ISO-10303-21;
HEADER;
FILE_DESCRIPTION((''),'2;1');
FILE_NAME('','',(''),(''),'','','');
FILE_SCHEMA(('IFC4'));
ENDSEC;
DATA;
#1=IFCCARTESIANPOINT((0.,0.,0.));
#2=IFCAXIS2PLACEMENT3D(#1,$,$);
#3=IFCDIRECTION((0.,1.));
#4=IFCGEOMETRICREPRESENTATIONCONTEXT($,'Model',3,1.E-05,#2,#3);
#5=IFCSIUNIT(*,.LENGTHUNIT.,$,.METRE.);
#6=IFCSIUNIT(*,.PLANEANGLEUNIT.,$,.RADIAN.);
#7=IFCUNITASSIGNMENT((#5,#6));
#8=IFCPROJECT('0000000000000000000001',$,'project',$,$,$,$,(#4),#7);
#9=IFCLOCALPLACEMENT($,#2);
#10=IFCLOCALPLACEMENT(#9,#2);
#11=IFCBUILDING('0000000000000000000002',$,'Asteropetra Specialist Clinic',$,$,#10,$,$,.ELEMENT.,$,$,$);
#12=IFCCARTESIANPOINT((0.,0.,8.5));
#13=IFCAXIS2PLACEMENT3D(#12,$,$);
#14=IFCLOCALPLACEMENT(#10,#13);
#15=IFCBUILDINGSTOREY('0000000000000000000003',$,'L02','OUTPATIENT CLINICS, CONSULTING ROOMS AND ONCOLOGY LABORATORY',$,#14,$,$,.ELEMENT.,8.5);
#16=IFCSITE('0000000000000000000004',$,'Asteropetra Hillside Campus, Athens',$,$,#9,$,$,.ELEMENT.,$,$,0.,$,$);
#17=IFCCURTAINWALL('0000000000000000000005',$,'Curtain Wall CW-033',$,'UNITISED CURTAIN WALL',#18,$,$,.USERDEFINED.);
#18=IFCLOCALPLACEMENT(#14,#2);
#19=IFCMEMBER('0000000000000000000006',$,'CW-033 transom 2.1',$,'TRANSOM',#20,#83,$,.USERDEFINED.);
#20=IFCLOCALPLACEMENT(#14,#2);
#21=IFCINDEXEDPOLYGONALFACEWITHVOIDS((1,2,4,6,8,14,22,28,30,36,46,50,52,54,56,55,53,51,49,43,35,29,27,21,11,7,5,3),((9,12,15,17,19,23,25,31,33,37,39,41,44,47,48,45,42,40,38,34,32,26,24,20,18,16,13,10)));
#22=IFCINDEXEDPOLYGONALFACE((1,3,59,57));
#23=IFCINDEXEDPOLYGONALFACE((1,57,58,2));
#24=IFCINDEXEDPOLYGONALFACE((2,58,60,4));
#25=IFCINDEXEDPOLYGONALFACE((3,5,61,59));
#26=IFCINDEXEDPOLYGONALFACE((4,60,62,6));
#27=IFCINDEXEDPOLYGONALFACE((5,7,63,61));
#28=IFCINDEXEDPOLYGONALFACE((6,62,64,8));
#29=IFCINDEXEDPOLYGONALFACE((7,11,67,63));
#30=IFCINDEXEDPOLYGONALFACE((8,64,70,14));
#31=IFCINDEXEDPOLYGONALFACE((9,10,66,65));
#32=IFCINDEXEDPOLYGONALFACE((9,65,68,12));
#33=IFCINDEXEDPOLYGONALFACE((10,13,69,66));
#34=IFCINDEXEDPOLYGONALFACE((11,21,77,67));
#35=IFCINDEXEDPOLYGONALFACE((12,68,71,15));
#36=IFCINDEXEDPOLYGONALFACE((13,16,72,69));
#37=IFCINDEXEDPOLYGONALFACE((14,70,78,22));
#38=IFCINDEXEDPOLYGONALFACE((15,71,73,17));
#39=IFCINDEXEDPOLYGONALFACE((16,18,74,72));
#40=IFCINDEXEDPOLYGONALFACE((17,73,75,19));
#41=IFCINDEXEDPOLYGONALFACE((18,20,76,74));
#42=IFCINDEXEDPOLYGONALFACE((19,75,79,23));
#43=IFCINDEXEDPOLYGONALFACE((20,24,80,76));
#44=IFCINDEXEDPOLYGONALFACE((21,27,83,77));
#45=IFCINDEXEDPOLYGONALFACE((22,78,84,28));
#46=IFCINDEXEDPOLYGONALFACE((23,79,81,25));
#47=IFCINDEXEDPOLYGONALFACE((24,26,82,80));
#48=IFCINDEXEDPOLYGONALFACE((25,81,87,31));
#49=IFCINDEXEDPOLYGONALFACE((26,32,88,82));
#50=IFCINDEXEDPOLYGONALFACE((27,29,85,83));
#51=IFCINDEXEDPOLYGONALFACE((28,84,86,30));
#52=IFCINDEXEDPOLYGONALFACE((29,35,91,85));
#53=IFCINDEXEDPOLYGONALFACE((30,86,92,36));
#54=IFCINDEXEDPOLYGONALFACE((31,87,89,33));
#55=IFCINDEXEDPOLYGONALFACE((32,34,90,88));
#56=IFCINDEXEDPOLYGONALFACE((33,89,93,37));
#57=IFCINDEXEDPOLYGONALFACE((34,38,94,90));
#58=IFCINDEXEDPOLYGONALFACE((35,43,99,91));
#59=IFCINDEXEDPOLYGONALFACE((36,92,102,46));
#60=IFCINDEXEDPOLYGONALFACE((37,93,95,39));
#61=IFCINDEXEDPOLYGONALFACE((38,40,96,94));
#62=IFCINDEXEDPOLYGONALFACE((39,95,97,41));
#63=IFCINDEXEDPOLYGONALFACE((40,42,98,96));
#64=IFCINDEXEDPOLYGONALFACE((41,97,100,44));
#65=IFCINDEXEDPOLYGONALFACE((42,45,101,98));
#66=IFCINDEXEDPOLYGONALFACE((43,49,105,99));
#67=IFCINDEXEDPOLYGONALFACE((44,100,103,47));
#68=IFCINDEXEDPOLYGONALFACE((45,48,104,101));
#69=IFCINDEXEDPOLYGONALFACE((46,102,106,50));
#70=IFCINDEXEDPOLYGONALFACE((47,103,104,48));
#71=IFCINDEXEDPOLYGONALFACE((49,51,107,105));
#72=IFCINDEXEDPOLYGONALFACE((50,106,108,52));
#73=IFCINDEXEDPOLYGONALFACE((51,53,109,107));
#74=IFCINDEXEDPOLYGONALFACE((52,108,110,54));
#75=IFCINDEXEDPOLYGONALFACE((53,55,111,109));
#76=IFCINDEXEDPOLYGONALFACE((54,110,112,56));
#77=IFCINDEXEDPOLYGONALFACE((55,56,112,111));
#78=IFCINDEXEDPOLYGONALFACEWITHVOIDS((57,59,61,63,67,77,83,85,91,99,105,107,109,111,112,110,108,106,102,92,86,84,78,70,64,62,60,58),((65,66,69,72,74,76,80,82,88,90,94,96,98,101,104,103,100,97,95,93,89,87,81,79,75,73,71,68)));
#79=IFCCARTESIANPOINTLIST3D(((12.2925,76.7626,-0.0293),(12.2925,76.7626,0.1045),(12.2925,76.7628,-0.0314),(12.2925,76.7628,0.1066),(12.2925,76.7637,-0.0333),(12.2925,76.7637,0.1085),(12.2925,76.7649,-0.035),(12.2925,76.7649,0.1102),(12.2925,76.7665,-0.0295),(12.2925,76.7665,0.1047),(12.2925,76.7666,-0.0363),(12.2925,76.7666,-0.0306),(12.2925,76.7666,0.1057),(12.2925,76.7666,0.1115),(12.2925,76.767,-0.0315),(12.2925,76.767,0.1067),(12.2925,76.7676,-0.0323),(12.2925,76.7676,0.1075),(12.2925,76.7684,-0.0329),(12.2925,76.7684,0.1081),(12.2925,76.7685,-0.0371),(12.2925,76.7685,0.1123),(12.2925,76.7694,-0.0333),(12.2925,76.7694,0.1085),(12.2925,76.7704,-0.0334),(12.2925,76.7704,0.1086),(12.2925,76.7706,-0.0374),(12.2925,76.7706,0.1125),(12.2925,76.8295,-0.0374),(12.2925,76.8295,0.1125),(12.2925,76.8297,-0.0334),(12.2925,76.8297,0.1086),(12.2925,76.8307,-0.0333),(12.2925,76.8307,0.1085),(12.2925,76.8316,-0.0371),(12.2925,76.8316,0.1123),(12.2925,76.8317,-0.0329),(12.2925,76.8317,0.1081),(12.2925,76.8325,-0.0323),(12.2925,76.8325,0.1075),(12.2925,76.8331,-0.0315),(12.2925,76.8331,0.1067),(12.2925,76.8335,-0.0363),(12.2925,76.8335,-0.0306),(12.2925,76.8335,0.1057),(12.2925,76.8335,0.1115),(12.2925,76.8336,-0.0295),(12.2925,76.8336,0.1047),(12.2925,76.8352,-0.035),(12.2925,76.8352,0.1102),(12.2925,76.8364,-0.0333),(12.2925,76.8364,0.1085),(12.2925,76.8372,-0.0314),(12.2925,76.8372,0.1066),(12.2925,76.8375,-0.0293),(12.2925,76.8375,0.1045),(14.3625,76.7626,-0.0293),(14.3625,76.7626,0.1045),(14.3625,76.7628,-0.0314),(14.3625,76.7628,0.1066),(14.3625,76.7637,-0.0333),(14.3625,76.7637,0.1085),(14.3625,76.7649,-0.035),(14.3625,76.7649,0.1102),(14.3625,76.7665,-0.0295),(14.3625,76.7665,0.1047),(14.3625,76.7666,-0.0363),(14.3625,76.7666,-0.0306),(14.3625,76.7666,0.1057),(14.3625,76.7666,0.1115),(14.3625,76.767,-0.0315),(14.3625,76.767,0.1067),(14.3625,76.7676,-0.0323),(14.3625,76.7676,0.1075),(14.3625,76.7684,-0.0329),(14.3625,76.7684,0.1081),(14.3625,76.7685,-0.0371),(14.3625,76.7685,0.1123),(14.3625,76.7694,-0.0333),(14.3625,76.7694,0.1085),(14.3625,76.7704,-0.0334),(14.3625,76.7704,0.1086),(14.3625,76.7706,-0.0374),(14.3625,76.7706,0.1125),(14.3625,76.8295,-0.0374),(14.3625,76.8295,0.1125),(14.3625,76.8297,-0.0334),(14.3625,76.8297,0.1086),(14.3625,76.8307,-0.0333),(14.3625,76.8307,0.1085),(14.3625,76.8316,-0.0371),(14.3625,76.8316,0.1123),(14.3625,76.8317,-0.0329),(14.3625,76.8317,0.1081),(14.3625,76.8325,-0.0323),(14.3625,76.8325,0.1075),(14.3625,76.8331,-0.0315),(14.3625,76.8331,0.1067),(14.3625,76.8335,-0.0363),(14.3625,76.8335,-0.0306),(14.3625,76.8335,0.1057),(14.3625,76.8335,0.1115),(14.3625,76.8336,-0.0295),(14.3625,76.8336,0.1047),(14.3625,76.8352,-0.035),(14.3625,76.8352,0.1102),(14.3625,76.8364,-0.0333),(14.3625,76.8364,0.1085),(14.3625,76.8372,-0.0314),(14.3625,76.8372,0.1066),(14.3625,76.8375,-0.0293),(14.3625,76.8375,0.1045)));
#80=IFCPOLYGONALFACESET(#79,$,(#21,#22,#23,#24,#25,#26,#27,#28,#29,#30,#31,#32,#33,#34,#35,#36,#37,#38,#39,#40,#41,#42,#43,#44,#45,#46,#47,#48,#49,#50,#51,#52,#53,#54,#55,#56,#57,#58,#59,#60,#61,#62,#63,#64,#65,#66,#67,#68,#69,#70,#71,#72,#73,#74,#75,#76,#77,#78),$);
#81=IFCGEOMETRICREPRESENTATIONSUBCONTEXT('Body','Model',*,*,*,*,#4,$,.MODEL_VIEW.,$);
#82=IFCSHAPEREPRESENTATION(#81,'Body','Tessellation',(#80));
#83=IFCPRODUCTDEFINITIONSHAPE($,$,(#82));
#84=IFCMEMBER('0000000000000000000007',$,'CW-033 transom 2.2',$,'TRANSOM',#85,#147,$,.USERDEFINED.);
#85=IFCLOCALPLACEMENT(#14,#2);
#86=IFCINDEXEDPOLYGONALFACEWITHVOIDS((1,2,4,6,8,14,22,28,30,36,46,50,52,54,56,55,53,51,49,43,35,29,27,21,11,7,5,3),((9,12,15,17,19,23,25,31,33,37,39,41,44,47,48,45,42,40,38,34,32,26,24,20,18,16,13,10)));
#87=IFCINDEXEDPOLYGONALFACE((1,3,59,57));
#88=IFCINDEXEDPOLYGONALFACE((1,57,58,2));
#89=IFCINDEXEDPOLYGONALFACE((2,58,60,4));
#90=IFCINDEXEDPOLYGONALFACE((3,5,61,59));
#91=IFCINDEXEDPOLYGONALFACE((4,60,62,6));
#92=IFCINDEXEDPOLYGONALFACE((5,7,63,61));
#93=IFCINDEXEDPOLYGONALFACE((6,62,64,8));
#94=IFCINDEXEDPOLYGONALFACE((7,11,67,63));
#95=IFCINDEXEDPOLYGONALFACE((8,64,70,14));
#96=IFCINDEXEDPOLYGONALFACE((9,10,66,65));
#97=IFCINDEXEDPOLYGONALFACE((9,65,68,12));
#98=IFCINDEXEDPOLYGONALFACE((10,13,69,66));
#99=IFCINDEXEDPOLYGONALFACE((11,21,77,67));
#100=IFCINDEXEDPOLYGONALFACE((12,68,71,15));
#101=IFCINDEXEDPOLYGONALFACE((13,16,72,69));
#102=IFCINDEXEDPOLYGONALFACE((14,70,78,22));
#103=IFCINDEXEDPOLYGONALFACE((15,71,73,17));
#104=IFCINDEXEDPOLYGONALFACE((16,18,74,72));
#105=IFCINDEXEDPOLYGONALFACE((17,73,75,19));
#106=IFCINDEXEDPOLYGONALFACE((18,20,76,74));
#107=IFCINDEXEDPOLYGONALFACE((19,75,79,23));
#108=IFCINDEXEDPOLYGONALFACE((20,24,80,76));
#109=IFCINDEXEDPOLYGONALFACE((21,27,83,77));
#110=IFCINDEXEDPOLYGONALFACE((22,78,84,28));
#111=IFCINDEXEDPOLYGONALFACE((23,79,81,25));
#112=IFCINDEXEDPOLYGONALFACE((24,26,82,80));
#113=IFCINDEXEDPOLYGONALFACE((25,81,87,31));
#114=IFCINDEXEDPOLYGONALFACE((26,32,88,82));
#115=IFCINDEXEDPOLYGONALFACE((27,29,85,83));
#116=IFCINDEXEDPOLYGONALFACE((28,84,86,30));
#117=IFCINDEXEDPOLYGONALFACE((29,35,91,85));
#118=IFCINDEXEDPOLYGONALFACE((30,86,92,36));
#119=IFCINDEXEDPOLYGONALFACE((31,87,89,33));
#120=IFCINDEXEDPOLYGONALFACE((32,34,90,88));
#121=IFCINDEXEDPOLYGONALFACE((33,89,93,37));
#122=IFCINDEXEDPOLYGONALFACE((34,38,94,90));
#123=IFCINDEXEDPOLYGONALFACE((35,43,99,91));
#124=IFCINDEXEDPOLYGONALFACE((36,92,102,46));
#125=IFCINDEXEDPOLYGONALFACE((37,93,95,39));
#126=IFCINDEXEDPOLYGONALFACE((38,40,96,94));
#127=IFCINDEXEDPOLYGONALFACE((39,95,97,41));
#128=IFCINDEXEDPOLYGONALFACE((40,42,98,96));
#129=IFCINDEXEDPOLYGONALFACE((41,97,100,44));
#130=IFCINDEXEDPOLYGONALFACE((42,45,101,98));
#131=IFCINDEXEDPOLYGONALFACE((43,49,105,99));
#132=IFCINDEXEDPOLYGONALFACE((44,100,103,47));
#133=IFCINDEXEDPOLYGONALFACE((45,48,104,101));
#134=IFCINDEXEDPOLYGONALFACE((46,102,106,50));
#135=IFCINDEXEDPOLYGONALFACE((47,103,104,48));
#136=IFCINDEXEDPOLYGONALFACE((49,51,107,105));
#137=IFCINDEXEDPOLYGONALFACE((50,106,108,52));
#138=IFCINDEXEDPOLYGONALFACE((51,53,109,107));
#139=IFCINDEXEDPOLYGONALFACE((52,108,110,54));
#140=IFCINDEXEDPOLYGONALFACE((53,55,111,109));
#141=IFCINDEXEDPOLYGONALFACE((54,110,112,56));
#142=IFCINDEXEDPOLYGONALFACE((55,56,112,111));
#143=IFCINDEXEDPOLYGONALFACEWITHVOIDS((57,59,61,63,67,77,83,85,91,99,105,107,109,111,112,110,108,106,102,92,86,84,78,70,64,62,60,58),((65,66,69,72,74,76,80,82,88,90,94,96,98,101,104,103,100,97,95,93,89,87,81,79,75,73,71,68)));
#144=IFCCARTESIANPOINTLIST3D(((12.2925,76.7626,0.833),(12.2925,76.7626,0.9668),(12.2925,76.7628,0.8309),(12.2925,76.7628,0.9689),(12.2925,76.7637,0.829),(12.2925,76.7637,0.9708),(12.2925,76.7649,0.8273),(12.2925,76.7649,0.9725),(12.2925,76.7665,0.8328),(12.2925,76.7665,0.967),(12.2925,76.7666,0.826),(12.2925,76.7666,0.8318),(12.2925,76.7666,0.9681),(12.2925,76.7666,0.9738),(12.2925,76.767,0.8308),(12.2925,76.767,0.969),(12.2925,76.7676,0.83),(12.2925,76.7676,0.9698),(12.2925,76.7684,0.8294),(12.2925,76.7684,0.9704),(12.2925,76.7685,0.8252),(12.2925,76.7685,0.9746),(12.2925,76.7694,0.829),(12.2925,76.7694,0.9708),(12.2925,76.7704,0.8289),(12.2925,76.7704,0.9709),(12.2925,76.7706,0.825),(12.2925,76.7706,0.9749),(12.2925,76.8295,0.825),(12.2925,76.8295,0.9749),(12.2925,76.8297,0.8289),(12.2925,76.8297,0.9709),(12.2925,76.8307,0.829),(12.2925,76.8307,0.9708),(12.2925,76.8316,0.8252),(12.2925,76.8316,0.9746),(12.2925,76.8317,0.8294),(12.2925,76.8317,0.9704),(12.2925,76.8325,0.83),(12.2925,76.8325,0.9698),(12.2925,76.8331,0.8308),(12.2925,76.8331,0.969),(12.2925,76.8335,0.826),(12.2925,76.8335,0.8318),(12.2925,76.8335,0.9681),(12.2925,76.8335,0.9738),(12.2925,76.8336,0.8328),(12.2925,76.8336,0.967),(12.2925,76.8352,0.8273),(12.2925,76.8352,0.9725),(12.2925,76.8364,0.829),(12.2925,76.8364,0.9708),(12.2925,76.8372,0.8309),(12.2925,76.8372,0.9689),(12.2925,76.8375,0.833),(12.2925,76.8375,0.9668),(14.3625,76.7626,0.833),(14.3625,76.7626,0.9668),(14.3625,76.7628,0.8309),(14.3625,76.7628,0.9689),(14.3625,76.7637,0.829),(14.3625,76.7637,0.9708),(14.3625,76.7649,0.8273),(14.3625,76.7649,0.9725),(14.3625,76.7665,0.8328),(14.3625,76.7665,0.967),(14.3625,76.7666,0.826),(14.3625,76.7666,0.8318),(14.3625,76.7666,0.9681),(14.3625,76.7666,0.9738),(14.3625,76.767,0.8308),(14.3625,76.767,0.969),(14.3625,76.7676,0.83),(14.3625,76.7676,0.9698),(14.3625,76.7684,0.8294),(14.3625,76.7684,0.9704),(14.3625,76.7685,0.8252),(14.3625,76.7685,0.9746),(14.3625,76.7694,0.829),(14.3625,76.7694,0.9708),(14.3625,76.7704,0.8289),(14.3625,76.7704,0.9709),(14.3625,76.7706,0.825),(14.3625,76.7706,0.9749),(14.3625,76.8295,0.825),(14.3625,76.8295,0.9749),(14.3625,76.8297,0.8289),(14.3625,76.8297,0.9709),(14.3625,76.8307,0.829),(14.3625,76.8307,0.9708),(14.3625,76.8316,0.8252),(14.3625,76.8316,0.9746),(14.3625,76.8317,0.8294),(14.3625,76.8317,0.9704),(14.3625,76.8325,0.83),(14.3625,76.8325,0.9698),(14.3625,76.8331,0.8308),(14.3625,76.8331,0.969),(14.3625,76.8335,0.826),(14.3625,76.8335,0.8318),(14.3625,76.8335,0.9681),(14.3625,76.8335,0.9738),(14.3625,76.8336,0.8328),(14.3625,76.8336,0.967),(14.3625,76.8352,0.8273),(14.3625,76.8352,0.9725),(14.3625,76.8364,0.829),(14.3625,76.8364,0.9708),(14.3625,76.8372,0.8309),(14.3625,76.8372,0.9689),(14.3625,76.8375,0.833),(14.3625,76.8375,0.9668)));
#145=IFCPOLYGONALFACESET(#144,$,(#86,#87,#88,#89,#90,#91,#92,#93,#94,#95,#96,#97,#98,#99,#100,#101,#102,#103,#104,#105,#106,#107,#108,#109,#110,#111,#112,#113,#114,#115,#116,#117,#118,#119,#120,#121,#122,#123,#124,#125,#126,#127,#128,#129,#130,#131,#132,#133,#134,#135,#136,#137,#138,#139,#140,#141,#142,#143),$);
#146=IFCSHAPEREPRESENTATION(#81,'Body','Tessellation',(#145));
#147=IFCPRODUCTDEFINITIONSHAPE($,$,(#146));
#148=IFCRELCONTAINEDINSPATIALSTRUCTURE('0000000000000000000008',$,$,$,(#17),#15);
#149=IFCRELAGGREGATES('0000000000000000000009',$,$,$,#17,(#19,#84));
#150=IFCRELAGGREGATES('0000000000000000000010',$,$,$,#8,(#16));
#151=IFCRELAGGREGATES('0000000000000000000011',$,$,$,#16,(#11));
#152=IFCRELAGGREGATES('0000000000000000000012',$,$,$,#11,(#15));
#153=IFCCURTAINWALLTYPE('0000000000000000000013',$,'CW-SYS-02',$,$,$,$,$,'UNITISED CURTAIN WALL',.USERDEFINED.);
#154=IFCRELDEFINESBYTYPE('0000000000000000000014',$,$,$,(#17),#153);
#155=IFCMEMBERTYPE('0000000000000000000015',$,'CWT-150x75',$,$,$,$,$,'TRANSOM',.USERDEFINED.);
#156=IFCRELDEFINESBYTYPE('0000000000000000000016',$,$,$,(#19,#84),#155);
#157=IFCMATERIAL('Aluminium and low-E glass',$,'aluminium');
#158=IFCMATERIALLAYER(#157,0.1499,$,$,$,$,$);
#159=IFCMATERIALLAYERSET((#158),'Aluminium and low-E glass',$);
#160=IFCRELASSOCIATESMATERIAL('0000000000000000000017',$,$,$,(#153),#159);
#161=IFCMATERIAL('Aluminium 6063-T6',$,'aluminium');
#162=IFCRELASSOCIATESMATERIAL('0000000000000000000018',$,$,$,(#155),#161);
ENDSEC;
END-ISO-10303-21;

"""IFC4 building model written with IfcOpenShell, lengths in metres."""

from ifc_helpers import new_model, si_unit, direction, frame, origin, origin_2d, place, context, subcontext, project, spatial, hollow_rectangle, extrude, material, layer, layer_set, material_profile, profile_set, type_object, element, aggregate, save


model = new_model("IFC4")

# Units and contexts
model_context = context("Model", 3, precision=1e-05, world=origin(), true_north=direction((0.0, 1.0)))
body_context = subcontext(model_context, "Body", "Model", "MODEL_VIEW")
ifc_project = project(units=[si_unit("LENGTHUNIT", "METRE"), si_unit("PLANEANGLEUNIT", "RADIAN")], contexts=[model_context])

# Site, building, storey
site_placement = place(None, origin())
site = spatial("IfcSite", under=ifc_project, at=site_placement, Name="Asteropetra Hillside Campus, Athens", CompositionType="ELEMENT", RefElevation=0.0)
building_placement = place(site_placement, origin())
building = spatial("IfcBuilding", under=site, at=building_placement, Name="Asteropetra Specialist Clinic", CompositionType="ELEMENT")
storey_placement = place(building_placement, frame((0.0, 0.0, 8.5)))
storey = spatial("IfcBuildingStorey", under=building, at=storey_placement, Name="L02", Description="OUTPATIENT CLINICS, CONSULTING ROOMS AND ONCOLOGY LABORATORY", CompositionType="ELEMENT", Elevation=8.5)

# Curtain wall
ifc_material_1 = material(Name="Aluminium and low-E glass", Category="aluminium")
ifc_layer_1 = layer(ifc_material_1, 0.1499)
ifc_layer_set_1 = layer_set([ifc_layer_1], Name="Aluminium and low-E glass")
curtain_wall_type_1 = type_object("IfcCurtainWallType", Name="CW-SYS-02", ElementType="UNITISED CURTAIN WALL", PredefinedType="USERDEFINED", material=ifc_layer_set_1)
curtain_wall_1_placement = place(storey_placement, origin())
curtain_wall_1 = element("IfcCurtainWall", 1, at=curtain_wall_1_placement, inside=storey, type_object=curtain_wall_type_1, Name="Curtain Wall CW-033", ObjectType="UNITISED CURTAIN WALL", PredefinedType="USERDEFINED")

# Members
ifc_material_2 = material(Name="Aluminium 6063-T6", Category="aluminium")
ifc_material_profile_1 = material_profile(ifc_material_2, hollow_rectangle(XDim=0.075, YDim=0.1499, WallThickness=0.0039, InnerFilletRadius=0.0039, OuterFilletRadius=0.0081, at=origin_2d()), Name="TRN 150x75x4.0")
ifc_profile_set_1 = profile_set([ifc_material_profile_1], Name="Aluminium 6063-T6")
member_type_1 = type_object("IfcMemberType", Name="CWT-150x75", ElementType="TRANSOM", PredefinedType="USERDEFINED", material=ifc_profile_set_1)
member_1_placement = place(storey_placement, frame((12.2925, 76.8, 0.0376), z_axis=(1.0, 0.0, 0.0), x_axis=(0.0, 1.0, 0.0)))
member_1 = element("IfcMember", 2, at=member_1_placement, type_object=member_type_1, Name="CW-033 transom 2.1", ObjectType="TRANSOM", PredefinedType="USERDEFINED", context=body_context, shape_type="SweptSolid", body=[
    extrude(hollow_rectangle(XDim=0.075, YDim=0.1499, WallThickness=0.0039, InnerFilletRadius=0.0039, OuterFilletRadius=0.0081, at=origin_2d()), origin(), (0.0, 0.0, 1.0), 2.0701),
])
member_2_placement = place(storey_placement, frame((12.2925, 76.8, 0.8999), z_axis=(1.0, 0.0, 0.0), x_axis=(0.0, 1.0, 0.0)))
member_2 = element("IfcMember", 3, at=member_2_placement, type_object=member_type_1, Name="CW-033 transom 2.2", ObjectType="TRANSOM", PredefinedType="USERDEFINED", context=body_context, shape_type="SweptSolid", body=[
    extrude(hollow_rectangle(XDim=0.075, YDim=0.1499, WallThickness=0.0039, InnerFilletRadius=0.0039, OuterFilletRadius=0.0081, at=origin_2d()), origin(), (0.0, 0.0, 1.0), 2.0701),
])

aggregate(curtain_wall_1, [member_1, member_2])

save(model, "model.ifc")
